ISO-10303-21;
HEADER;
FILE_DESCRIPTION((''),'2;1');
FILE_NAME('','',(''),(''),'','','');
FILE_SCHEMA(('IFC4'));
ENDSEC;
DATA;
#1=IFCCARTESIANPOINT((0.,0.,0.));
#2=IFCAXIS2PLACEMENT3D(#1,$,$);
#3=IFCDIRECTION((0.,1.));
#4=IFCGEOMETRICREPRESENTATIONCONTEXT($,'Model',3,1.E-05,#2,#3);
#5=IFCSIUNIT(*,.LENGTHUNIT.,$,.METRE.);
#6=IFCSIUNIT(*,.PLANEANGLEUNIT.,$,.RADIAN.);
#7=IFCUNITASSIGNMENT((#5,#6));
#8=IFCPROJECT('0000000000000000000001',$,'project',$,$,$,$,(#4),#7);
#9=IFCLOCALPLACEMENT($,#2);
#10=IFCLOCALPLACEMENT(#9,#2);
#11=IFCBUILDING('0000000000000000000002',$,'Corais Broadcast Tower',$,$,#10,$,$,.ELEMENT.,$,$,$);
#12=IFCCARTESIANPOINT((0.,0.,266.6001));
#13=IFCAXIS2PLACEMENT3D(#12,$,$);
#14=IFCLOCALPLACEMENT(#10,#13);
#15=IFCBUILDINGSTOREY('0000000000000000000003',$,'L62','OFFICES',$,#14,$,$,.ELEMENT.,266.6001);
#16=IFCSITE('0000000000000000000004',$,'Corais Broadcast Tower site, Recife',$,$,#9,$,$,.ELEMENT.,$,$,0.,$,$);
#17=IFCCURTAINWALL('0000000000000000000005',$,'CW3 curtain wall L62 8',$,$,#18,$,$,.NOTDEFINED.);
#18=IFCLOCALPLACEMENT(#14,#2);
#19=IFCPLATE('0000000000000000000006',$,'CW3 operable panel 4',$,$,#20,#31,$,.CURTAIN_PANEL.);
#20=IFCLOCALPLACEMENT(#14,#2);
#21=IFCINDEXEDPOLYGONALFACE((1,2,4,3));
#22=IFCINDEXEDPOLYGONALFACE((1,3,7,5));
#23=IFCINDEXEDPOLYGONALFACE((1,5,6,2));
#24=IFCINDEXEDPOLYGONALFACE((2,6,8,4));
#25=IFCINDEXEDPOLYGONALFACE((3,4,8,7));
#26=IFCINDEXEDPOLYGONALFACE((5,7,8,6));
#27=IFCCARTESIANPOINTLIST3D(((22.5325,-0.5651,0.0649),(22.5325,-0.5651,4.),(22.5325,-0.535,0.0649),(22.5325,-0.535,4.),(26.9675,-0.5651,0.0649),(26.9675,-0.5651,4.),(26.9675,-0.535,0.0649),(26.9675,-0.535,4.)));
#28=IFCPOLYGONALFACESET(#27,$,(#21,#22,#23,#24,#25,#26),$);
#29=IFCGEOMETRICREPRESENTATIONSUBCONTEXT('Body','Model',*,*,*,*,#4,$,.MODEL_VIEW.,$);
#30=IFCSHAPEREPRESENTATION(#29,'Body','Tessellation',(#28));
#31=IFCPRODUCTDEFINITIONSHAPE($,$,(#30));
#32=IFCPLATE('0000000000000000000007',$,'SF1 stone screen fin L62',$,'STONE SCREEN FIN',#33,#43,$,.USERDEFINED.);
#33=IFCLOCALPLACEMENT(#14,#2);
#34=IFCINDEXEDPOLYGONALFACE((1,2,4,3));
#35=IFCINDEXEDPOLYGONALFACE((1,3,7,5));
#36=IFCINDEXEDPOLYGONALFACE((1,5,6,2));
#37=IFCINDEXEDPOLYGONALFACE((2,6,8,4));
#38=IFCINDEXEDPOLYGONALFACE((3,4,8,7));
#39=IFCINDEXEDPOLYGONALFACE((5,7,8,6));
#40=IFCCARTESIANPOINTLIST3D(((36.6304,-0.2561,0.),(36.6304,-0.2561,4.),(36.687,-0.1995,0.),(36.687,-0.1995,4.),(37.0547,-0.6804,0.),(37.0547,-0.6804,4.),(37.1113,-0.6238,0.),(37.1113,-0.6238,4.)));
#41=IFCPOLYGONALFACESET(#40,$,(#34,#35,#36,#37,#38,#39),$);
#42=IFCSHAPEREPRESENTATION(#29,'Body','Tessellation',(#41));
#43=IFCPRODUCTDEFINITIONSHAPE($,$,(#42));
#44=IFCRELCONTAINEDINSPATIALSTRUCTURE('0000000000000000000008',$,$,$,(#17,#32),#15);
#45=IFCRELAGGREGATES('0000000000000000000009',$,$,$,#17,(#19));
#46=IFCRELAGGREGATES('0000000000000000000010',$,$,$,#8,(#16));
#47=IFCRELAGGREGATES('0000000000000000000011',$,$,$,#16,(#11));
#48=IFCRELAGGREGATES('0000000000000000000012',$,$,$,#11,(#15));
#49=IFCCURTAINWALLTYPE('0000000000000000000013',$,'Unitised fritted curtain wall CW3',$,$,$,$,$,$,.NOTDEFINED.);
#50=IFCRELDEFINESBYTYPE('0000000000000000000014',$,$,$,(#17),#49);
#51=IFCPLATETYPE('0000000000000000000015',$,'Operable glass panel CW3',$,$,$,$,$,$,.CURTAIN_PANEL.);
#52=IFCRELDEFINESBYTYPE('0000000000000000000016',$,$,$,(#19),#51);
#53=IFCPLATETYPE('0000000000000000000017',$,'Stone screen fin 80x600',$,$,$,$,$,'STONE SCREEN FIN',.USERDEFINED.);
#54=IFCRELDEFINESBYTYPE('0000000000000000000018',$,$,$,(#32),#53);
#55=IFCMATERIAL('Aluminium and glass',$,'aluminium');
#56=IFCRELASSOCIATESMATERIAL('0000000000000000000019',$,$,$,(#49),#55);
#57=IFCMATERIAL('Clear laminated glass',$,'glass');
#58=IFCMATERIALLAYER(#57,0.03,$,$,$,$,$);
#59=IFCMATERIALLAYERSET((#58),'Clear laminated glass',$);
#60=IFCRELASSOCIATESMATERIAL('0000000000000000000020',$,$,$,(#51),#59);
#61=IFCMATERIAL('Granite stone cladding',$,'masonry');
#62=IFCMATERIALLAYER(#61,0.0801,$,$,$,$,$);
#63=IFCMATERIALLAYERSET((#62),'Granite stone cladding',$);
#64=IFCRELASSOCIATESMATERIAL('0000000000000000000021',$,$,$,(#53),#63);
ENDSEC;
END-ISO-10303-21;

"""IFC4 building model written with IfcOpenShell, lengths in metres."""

from ifc_helpers import new_model, si_unit, direction, frame, origin, origin_2d, place, context, subcontext, project, spatial, rectangle, extrude, material, layer, layer_set, type_object, element, aggregate, save


model = new_model("IFC4")

# Units and contexts
model_context = context("Model", 3, precision=1e-05, world=origin(), true_north=direction((0.0, 1.0)))
body_context = subcontext(model_context, "Body", "Model", "MODEL_VIEW")
ifc_project = project(units=[si_unit("LENGTHUNIT", "METRE"), si_unit("PLANEANGLEUNIT", "RADIAN")], contexts=[model_context])

# Site, building, storey
site_placement = place(None, origin())
site = spatial("IfcSite", under=ifc_project, at=site_placement, Name="Corais Broadcast Tower site, Recife", CompositionType="ELEMENT", RefElevation=0.0)
building_placement = place(site_placement, origin())
building = spatial("IfcBuilding", under=site, at=building_placement, Name="Corais Broadcast Tower", CompositionType="ELEMENT")
storey_placement = place(building_placement, frame((0.0, 0.0, 266.6001)))
storey = spatial("IfcBuildingStorey", under=building, at=storey_placement, Name="L62", Description="OFFICES", CompositionType="ELEMENT", Elevation=266.6001)

# Shared definitions
ifc_material_1 = material(Name="Aluminium and glass", Category="aluminium")
curtain_wall_type = type_object("IfcCurtainWallType", Name="Unitised fritted curtain wall CW3", PredefinedType="NOTDEFINED", material=ifc_material_1)

# Curtain wall
curtain_wall_1_placement = place(storey_placement, origin())
curtain_wall_1 = element("IfcCurtainWall", 1, at=curtain_wall_1_placement, inside=storey, type_object=curtain_wall_type, Name="CW3 curtain wall L62 8", PredefinedType="NOTDEFINED")

# Plates
ifc_material_2 = material(Name="Clear laminated glass", Category="glass")
ifc_layer_1 = layer(ifc_material_2, 0.03)
ifc_layer_set_1 = layer_set([ifc_layer_1], Name="Clear laminated glass")
plate_type_1 = type_object("IfcPlateType", Name="Operable glass panel CW3", PredefinedType="CURTAIN_PANEL", material=ifc_layer_set_1)
plate_1_placement = place(storey_placement, frame((24.75, -0.55, 0.0649), z_axis=(0.0, 0.0, 1.0), x_axis=(-1.0, 0.0, 0.0)))
plate_1 = element("IfcPlate", 2, at=plate_1_placement, type_object=plate_type_1, Name="CW3 operable panel 4", PredefinedType="CURTAIN_PANEL", context=body_context, shape_type="SweptSolid", body=[
    extrude(rectangle(XDim=4.4351, YDim=0.03, at=origin_2d()), origin(), (0.0, 0.0, 1.0), 3.9351),
])
aggregate(curtain_wall_1, [plate_1])
ifc_material_3 = material(Name="Granite stone cladding", Category="masonry")
ifc_layer_2 = layer(ifc_material_3, 0.0801)
ifc_layer_set_2 = layer_set([ifc_layer_2], Name="Granite stone cladding")
plate_type_2 = type_object("IfcPlateType", Name="Stone screen fin 80x600", ElementType="STONE SCREEN FIN", PredefinedType="USERDEFINED", material=ifc_layer_set_2)
plate_2_placement = place(storey_placement, frame((36.8708, -0.4399, 0.0), z_axis=(0.0, 0.0, 1.0), x_axis=(-0.707107, -0.707107, 0.0)))
element("IfcPlate", 3, at=plate_2_placement, inside=storey, type_object=plate_type_2, Name="SF1 stone screen fin L62", ObjectType="STONE SCREEN FIN", PredefinedType="USERDEFINED", context=body_context, shape_type="SweptSolid", body=[
    extrude(rectangle(XDim=0.0801, YDim=0.6001, at=origin_2d()), origin(), (0.0, 0.0, 1.0), 4.0),
])

save(model, "model.ifc")
